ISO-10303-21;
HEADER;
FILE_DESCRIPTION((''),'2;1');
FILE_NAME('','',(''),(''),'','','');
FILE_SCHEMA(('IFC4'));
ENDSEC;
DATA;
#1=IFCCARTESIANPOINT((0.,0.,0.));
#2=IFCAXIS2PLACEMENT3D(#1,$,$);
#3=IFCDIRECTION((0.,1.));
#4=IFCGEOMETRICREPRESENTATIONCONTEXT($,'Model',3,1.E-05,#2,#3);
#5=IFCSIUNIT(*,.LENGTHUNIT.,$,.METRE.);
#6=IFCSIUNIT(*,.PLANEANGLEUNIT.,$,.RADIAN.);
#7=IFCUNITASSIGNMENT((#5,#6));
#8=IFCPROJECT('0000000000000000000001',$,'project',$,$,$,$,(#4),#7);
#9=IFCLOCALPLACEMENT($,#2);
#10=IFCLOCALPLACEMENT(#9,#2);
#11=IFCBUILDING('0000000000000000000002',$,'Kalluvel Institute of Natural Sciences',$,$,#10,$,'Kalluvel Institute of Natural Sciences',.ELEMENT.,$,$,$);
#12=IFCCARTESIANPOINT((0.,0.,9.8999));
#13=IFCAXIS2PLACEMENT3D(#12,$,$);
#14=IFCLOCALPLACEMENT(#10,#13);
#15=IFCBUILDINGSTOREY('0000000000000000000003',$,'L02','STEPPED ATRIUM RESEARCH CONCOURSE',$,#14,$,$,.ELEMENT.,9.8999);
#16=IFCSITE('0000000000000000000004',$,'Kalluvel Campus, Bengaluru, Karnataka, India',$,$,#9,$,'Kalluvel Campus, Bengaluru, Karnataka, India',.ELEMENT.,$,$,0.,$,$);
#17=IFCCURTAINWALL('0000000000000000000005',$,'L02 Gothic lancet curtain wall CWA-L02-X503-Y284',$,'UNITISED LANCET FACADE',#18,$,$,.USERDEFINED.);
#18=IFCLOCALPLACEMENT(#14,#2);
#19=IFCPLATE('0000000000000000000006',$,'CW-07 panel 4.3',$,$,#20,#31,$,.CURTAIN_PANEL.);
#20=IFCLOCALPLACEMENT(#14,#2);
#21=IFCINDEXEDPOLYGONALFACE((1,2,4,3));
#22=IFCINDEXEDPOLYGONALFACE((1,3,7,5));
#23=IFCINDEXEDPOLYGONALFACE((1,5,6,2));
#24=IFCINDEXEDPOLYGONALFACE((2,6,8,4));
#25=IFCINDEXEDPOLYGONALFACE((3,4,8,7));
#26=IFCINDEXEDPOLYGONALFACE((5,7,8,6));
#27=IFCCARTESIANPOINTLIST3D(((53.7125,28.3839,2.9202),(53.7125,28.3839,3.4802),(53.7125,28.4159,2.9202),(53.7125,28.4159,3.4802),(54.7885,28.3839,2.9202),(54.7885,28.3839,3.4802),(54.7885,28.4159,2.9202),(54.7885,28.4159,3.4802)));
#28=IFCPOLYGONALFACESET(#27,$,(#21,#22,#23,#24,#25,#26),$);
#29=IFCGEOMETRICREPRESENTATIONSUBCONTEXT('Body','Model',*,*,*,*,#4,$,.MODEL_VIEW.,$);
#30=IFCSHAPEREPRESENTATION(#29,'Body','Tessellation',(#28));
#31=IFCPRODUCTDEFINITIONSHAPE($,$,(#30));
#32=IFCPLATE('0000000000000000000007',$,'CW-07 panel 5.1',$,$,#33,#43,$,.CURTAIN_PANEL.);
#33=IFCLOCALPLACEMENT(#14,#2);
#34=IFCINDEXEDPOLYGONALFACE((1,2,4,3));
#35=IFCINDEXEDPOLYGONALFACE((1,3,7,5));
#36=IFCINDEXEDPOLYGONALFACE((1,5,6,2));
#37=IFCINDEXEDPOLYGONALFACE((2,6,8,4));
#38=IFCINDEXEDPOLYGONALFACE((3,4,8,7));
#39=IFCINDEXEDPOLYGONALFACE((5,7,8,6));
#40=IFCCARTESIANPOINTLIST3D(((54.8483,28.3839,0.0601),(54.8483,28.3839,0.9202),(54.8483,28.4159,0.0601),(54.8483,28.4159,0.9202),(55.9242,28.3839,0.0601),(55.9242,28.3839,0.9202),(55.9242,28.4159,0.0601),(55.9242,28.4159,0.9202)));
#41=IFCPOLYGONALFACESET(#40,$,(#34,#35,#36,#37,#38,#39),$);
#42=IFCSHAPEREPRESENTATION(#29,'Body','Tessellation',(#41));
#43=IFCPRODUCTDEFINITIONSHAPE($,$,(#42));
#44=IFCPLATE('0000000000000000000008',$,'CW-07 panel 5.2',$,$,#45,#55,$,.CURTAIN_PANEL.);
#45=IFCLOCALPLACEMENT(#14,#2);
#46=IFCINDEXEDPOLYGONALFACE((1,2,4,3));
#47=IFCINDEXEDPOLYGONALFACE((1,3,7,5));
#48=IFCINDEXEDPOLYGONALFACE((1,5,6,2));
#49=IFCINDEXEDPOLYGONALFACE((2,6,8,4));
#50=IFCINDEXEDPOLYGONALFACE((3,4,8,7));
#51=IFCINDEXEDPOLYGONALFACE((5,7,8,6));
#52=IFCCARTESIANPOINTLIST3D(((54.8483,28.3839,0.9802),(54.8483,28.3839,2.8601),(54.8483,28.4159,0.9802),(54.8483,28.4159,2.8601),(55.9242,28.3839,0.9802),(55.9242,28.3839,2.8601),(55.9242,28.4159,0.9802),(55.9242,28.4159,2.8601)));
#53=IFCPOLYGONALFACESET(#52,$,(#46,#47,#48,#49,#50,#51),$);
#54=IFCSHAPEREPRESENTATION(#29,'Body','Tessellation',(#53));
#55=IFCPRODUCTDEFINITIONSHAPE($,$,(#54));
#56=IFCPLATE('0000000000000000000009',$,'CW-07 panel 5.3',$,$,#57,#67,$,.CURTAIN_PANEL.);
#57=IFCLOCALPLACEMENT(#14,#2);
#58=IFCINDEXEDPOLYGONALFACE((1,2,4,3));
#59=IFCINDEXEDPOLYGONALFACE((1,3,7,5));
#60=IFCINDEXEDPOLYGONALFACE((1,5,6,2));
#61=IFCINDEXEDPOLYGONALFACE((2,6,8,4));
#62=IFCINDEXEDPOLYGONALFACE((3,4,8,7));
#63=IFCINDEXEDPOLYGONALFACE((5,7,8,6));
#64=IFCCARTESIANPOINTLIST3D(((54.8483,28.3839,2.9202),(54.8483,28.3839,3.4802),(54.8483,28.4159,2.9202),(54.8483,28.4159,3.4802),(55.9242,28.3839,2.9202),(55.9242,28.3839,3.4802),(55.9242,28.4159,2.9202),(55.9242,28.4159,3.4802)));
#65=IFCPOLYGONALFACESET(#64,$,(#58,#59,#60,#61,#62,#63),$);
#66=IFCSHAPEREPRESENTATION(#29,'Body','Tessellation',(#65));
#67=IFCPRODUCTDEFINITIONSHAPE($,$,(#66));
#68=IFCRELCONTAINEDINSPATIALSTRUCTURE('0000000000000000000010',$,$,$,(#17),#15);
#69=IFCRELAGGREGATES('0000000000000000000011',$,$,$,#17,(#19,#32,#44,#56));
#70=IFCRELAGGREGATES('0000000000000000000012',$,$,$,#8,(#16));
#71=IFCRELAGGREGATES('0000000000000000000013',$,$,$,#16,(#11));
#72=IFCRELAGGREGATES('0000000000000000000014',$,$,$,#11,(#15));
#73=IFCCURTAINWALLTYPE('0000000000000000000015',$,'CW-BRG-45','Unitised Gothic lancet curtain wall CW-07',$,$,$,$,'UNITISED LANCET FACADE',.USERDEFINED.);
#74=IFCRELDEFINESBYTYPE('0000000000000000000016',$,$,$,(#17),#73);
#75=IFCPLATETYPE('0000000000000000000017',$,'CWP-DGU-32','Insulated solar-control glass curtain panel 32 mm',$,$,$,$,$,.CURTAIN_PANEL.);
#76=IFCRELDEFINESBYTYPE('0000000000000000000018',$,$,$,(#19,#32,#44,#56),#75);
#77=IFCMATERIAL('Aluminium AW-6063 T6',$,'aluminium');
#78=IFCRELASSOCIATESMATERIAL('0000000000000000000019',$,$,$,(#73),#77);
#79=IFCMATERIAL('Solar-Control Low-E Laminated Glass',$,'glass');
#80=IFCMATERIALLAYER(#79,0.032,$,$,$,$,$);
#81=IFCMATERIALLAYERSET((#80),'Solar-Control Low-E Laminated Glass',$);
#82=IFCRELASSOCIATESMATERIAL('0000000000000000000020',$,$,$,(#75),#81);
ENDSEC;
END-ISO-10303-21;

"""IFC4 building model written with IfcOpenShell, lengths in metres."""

from ifc_helpers import new_model, si_unit, direction, frame, origin, origin_2d, place, context, subcontext, project, spatial, rectangle, extrude, material, layer, layer_set, type_object, element, aggregate, save


model = new_model("IFC4")

# Units and contexts
model_context = context("Model", 3, precision=1e-05, world=origin(), true_north=direction((0.0, 1.0)))
body_context = subcontext(model_context, "Body", "Model", "MODEL_VIEW")
ifc_project = project(units=[si_unit("LENGTHUNIT", "METRE"), si_unit("PLANEANGLEUNIT", "RADIAN")], contexts=[model_context])

# Site, building, storey
site_placement = place(None, origin())
site = spatial("IfcSite", under=ifc_project, at=site_placement, Name="Kalluvel Campus, Bengaluru, Karnataka, India", LongName="Kalluvel Campus, Bengaluru, Karnataka, India", CompositionType="ELEMENT", RefElevation=0.0)
building_placement = place(site_placement, origin())
building = spatial("IfcBuilding", under=site, at=building_placement, Name="Kalluvel Institute of Natural Sciences", LongName="Kalluvel Institute of Natural Sciences", CompositionType="ELEMENT")
storey_placement = place(building_placement, frame((0.0, 0.0, 9.8999)))
storey = spatial("IfcBuildingStorey", under=building, at=storey_placement, Name="L02", Description="STEPPED ATRIUM RESEARCH CONCOURSE", CompositionType="ELEMENT", Elevation=9.8999)

# Curtain wall, plates
ifc_material_1 = material(Name="Aluminium AW-6063 T6", Category="aluminium")
curtain_wall_type = type_object("IfcCurtainWallType", Name="CW-BRG-45", Description="Unitised Gothic lancet curtain wall CW-07", ElementType="UNITISED LANCET FACADE", PredefinedType="USERDEFINED", material=ifc_material_1)
curtain_wall_placement = place(storey_placement, origin())
curtain_wall = element("IfcCurtainWall", 1, at=curtain_wall_placement, inside=storey, type_object=curtain_wall_type, Name="L02 Gothic lancet curtain wall CWA-L02-X503-Y284", ObjectType="UNITISED LANCET FACADE", PredefinedType="USERDEFINED")
ifc_material_2 = material(Name="Solar-Control Low-E Laminated Glass", Category="glass")
ifc_layer = layer(ifc_material_2, 0.032)
ifc_layer_set = layer_set([ifc_layer], Name="Solar-Control Low-E Laminated Glass")
plate_type = type_object("IfcPlateType", Name="CWP-DGU-32", Description="Insulated solar-control glass curtain panel 32 mm", PredefinedType="CURTAIN_PANEL", material=ifc_layer_set)
plate_1_placement = place(storey_placement, frame((54.2505, 28.3999, 2.9202), z_axis=(0.0, 0.0, 1.0), x_axis=(1.0, 0.0, 0.0)))
plate_1 = element("IfcPlate", 2, at=plate_1_placement, type_object=plate_type, Name="CW-07 panel 4.3", PredefinedType="CURTAIN_PANEL", context=body_context, shape_type="SweptSolid", body=[
    extrude(rectangle(XDim=1.0759, YDim=0.032, at=origin_2d()), origin(), (0.0, 0.0, 1.0), 0.5601),
])
plate_2_placement = place(storey_placement, frame((55.3862, 28.3999, 0.0601), z_axis=(0.0, 0.0, 1.0), x_axis=(1.0, 0.0, 0.0)))
plate_2 = element("IfcPlate", 3, at=plate_2_placement, type_object=plate_type, Name="CW-07 panel 5.1", PredefinedType="CURTAIN_PANEL", context=body_context, shape_type="SweptSolid", body=[
    extrude(rectangle(XDim=1.0759, YDim=0.032, at=origin_2d()), origin(), (0.0, 0.0, 1.0), 0.8601),
])
plate_3_placement = place(storey_placement, frame((55.3862, 28.3999, 0.9802), z_axis=(0.0, 0.0, 1.0), x_axis=(1.0, 0.0, 0.0)))
plate_3 = element("IfcPlate", 4, at=plate_3_placement, type_object=plate_type, Name="CW-07 panel 5.2", PredefinedType="CURTAIN_PANEL", context=body_context, shape_type="SweptSolid", body=[
    extrude(rectangle(XDim=1.0759, YDim=0.032, at=origin_2d()), origin(), (0.0, 0.0, 1.0), 1.8799),
])
plate_4_placement = place(storey_placement, frame((55.3862, 28.3999, 2.9202), z_axis=(0.0, 0.0, 1.0), x_axis=(1.0, 0.0, 0.0)))
plate_4 = element("IfcPlate", 5, at=plate_4_placement, type_object=plate_type, Name="CW-07 panel 5.3", PredefinedType="CURTAIN_PANEL", context=body_context, shape_type="SweptSolid", body=[
    extrude(rectangle(XDim=1.0759, YDim=0.032, at=origin_2d()), origin(), (0.0, 0.0, 1.0), 0.5601),
])
aggregate(curtain_wall, [plate_1, plate_2, plate_3, plate_4])

save(model, "model.ifc")
